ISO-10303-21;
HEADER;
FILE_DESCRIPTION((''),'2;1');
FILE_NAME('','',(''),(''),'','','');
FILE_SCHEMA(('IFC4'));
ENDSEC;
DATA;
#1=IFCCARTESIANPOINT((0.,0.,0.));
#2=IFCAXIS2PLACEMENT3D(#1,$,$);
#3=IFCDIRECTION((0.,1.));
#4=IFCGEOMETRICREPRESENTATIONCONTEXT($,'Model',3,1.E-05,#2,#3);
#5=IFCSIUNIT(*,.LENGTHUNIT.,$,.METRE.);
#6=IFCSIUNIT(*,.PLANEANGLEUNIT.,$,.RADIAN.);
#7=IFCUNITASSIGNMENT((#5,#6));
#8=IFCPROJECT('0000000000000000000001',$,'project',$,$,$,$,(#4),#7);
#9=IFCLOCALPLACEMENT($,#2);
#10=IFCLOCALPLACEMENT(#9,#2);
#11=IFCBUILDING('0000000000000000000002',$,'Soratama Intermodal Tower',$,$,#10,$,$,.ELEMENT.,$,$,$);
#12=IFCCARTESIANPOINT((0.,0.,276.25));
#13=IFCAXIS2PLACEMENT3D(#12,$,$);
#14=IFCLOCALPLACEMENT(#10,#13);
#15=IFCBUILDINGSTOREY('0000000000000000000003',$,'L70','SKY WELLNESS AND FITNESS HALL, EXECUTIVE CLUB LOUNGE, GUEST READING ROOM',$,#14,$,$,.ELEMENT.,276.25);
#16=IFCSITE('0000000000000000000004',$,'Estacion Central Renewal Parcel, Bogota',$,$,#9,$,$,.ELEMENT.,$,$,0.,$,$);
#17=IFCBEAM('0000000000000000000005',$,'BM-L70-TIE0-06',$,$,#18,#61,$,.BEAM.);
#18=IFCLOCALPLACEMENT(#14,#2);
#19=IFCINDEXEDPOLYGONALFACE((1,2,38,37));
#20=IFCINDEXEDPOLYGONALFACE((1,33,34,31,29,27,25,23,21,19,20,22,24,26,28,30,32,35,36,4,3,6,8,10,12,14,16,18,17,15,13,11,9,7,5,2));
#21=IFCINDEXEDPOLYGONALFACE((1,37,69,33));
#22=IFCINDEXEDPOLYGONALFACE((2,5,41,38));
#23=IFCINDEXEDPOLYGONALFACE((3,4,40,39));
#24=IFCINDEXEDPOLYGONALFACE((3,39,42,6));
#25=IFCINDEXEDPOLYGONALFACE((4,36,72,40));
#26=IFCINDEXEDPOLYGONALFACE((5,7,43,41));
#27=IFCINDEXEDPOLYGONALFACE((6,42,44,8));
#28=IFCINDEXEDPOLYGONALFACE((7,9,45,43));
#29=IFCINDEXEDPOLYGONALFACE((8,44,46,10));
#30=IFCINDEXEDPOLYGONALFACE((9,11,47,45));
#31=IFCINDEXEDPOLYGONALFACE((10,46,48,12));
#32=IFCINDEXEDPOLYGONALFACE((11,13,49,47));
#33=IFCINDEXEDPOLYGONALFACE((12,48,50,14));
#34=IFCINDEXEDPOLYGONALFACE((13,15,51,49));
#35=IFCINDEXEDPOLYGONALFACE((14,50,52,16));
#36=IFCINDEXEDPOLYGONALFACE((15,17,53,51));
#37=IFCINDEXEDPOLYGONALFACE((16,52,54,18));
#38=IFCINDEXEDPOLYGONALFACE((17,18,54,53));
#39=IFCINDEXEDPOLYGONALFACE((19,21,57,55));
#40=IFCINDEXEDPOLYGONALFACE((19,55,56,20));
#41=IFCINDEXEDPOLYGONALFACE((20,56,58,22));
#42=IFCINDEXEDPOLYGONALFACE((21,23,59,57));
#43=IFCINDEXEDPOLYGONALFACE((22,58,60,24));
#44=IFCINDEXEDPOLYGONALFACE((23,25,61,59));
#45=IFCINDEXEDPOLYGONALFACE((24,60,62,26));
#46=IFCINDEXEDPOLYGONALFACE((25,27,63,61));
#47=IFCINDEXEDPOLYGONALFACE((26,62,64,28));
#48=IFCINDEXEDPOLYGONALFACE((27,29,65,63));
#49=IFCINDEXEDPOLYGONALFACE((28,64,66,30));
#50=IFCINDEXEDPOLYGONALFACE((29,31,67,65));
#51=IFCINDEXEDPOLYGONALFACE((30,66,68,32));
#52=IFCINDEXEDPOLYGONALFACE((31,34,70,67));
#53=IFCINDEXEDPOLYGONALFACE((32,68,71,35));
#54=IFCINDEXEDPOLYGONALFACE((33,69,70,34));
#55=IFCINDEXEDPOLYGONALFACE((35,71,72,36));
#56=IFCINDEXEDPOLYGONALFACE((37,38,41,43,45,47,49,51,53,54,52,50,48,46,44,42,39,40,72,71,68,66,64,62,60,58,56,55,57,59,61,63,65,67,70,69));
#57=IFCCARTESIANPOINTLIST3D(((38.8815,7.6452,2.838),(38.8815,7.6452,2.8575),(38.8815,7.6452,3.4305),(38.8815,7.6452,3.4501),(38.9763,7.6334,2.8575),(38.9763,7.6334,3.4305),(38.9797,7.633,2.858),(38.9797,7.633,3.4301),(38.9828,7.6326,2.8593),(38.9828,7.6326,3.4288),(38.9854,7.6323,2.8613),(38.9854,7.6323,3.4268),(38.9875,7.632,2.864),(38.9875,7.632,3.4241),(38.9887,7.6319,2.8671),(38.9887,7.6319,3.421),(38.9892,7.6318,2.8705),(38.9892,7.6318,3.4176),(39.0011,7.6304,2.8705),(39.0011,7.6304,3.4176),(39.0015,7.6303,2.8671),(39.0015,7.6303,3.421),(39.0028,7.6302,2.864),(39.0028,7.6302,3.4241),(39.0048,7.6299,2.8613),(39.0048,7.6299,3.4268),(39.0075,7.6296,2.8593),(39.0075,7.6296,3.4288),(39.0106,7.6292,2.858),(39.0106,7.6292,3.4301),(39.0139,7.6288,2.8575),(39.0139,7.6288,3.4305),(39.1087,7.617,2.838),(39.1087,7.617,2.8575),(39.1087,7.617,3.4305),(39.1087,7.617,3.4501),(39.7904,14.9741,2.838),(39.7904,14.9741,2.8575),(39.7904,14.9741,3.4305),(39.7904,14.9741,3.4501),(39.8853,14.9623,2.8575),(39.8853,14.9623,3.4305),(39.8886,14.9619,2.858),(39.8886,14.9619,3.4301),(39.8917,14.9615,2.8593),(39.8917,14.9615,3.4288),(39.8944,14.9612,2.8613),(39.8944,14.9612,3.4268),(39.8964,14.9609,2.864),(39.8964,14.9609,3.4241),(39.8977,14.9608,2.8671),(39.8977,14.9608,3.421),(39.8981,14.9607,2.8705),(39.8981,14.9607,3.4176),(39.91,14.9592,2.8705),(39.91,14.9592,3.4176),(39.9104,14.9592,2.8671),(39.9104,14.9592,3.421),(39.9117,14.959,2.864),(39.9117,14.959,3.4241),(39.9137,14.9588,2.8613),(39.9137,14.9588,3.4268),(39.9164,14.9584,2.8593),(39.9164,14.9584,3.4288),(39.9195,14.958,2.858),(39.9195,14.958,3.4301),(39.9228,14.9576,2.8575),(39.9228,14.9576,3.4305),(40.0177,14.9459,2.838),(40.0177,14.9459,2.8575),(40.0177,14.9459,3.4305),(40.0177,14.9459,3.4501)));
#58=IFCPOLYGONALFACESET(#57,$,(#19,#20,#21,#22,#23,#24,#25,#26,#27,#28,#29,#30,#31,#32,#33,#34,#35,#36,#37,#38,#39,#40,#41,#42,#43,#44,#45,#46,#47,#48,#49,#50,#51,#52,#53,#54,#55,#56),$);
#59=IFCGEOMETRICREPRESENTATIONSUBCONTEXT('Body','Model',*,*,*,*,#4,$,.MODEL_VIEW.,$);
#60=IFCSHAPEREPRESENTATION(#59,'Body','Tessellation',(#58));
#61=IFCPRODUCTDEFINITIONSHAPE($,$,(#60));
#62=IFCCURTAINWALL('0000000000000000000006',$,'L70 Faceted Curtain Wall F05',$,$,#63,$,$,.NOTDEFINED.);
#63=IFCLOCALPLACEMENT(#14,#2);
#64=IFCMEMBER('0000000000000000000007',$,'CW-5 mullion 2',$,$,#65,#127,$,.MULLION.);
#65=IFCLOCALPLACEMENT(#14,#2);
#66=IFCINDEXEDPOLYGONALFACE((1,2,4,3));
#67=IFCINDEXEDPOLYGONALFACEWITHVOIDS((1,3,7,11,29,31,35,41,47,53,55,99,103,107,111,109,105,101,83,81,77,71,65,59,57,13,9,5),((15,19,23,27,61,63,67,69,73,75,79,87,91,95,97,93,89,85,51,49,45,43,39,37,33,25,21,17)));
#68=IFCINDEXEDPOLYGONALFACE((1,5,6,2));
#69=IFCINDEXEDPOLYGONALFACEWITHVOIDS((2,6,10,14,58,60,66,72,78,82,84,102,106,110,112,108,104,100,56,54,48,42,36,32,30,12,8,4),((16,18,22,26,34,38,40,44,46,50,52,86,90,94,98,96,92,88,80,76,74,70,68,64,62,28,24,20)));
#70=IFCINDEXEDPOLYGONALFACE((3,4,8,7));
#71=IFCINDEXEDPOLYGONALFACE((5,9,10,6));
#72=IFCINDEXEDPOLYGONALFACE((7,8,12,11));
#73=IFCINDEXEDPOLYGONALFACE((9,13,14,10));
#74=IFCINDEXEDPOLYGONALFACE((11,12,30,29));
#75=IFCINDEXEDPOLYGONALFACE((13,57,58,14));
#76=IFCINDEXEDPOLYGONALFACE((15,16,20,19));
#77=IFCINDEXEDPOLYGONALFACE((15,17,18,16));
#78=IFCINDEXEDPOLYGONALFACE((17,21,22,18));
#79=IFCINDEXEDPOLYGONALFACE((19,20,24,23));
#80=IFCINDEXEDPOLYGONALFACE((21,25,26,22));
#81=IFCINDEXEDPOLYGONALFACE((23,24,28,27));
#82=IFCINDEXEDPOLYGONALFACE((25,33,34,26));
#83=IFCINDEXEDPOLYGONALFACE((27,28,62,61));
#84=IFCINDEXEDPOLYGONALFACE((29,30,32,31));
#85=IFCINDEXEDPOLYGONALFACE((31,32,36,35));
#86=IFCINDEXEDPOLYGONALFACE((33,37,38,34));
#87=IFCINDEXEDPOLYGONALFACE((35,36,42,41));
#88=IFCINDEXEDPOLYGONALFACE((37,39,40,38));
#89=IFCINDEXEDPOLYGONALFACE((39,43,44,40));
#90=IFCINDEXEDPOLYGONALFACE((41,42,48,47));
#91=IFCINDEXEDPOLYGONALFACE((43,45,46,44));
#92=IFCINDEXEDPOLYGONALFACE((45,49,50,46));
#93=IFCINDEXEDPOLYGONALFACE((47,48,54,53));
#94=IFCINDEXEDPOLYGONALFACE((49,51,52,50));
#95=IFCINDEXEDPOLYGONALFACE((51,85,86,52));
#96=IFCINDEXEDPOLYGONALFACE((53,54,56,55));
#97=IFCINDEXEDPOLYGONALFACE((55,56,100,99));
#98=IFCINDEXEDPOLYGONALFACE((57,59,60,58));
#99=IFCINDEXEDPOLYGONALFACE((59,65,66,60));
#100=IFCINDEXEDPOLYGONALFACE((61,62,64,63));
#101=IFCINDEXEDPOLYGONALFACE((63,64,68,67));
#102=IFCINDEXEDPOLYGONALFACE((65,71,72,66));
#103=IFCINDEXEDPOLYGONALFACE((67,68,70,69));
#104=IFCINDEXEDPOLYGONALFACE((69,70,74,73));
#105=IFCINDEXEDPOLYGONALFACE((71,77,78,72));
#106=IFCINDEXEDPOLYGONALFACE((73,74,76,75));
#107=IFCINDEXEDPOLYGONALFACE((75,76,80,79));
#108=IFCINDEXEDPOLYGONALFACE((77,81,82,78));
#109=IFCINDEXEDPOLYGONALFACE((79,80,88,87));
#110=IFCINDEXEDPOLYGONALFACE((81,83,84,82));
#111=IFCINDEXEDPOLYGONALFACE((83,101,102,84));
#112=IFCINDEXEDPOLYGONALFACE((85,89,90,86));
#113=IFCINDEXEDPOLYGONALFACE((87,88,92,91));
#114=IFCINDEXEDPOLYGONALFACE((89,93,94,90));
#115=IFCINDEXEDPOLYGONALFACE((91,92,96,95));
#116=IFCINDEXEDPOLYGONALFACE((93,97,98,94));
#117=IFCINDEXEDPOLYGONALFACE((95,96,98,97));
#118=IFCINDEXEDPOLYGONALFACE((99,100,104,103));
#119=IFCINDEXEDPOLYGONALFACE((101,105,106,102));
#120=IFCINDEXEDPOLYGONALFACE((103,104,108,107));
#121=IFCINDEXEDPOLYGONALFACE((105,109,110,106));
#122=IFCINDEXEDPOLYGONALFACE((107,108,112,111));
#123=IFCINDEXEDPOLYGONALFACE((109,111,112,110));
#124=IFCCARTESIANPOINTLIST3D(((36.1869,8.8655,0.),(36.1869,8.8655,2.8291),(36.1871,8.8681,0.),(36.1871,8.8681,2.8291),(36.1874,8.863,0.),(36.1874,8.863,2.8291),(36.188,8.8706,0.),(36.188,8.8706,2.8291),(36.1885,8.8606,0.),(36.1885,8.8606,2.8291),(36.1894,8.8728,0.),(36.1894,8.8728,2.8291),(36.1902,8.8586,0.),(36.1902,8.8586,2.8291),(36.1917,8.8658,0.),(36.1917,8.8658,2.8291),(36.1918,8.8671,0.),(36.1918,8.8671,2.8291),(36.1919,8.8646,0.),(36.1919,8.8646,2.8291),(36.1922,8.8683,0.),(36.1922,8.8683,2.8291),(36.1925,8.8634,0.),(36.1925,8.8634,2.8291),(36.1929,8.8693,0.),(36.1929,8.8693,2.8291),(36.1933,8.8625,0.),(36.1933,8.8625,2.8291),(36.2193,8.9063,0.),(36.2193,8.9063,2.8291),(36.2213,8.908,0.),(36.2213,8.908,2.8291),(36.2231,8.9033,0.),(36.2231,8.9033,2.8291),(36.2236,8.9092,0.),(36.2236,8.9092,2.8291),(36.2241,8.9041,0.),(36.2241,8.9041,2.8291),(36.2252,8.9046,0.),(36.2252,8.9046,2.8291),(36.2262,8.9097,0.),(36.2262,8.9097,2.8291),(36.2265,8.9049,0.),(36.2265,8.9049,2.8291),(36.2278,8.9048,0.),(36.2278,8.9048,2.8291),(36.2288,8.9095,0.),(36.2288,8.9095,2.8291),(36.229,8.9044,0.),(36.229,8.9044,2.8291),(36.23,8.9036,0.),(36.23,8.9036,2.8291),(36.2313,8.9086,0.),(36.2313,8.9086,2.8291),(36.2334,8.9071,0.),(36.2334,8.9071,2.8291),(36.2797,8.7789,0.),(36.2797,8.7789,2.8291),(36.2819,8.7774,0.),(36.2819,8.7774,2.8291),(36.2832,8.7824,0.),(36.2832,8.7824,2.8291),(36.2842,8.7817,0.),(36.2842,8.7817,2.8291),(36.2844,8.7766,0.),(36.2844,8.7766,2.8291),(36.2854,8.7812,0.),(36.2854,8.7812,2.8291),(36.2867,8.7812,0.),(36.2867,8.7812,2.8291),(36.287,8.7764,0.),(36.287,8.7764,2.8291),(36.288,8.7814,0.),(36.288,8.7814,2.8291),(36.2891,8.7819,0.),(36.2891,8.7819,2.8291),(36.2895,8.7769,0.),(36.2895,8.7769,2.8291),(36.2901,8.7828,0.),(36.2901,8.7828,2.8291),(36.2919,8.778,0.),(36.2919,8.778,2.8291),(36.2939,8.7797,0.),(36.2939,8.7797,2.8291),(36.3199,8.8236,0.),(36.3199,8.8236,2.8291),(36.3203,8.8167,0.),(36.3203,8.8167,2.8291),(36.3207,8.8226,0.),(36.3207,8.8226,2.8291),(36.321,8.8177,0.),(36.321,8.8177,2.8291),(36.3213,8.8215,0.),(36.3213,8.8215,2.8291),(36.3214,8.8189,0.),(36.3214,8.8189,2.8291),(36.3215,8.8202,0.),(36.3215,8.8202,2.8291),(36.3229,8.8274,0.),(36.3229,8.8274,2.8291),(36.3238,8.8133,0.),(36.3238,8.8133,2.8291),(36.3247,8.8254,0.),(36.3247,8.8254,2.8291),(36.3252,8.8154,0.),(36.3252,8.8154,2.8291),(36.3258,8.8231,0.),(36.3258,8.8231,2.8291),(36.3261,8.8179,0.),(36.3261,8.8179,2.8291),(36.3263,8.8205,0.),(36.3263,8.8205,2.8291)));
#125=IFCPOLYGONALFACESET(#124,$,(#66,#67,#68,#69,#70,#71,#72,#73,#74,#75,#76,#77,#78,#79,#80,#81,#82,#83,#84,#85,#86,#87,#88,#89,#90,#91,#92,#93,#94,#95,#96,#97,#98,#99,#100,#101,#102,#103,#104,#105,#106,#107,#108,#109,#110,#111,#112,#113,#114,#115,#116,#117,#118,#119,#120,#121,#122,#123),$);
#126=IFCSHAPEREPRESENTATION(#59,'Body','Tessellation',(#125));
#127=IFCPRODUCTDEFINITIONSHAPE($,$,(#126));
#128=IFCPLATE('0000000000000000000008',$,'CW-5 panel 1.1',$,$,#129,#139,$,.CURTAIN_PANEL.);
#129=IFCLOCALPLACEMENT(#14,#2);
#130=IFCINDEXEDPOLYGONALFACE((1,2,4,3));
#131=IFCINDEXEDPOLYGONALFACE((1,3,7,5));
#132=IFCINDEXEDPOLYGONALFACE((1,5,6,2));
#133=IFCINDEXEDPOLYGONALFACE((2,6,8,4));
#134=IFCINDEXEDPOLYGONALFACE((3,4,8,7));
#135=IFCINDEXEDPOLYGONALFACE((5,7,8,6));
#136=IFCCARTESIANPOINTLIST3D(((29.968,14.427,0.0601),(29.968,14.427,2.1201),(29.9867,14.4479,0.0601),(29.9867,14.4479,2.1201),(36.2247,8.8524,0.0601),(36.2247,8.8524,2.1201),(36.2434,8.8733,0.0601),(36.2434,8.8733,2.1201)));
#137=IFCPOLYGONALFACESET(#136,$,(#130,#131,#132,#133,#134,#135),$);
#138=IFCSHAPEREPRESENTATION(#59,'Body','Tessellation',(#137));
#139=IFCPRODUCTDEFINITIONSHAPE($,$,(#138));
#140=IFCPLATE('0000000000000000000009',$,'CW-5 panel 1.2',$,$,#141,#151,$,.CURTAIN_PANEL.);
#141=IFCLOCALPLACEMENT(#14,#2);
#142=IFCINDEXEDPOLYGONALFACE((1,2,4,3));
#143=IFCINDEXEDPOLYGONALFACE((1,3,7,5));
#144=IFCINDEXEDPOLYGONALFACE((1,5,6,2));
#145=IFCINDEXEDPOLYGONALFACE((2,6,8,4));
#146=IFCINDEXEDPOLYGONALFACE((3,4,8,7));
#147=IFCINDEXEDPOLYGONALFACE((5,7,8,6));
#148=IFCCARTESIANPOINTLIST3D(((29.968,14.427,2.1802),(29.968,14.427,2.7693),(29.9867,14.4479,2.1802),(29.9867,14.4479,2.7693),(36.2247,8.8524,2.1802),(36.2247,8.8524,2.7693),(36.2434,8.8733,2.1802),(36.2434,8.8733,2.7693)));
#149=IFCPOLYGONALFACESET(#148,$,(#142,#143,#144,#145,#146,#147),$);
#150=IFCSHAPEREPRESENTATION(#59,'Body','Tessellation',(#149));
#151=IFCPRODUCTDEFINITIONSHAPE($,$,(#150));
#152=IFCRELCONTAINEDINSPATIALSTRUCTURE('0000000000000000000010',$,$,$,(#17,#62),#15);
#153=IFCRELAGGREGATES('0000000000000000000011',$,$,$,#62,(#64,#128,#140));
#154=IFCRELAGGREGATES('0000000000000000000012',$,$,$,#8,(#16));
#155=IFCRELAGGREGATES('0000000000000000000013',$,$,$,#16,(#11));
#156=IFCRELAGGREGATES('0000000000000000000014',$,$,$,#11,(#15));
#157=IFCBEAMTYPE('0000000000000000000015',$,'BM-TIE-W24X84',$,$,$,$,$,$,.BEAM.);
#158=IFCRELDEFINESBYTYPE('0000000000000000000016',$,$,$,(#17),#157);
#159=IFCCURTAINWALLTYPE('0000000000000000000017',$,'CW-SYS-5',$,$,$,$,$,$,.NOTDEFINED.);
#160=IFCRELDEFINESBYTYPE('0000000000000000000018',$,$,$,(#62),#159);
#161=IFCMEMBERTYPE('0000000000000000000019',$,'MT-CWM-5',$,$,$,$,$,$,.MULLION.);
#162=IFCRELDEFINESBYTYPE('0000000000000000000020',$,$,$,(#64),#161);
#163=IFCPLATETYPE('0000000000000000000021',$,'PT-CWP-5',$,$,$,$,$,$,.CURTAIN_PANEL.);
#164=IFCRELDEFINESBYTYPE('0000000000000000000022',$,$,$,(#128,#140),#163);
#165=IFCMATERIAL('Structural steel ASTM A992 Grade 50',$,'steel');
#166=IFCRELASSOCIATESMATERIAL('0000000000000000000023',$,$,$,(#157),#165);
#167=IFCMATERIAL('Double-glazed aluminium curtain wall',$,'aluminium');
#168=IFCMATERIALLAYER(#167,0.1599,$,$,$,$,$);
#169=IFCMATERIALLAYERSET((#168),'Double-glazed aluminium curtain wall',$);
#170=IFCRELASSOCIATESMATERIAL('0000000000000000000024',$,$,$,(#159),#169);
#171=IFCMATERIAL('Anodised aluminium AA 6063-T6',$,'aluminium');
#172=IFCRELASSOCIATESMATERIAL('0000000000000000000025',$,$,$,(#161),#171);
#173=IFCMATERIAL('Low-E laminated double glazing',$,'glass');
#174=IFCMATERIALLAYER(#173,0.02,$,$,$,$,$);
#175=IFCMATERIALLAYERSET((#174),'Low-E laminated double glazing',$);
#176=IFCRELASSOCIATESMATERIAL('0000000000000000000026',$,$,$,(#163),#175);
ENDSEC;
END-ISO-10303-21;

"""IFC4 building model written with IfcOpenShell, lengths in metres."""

from ifc_helpers import new_model, si_unit, direction, frame, origin, origin_2d, place, context, subcontext, project, spatial, rectangle, hollow_rectangle, i_section, extrude, material, layer, layer_set, material_profile, profile_set, type_object, element, aggregate, save


model = new_model("IFC4")

# Units and contexts
model_context = context("Model", 3, precision=1e-05, world=origin(), true_north=direction((0.0, 1.0)))
body_context = subcontext(model_context, "Body", "Model", "MODEL_VIEW")
ifc_project = project(units=[si_unit("LENGTHUNIT", "METRE"), si_unit("PLANEANGLEUNIT", "RADIAN")], contexts=[model_context])

# Site, building, storey
site_placement = place(None, origin())
site = spatial("IfcSite", under=ifc_project, at=site_placement, Name="Estacion Central Renewal Parcel, Bogota", CompositionType="ELEMENT", RefElevation=0.0)
building_placement = place(site_placement, origin())
building = spatial("IfcBuilding", under=site, at=building_placement, Name="Soratama Intermodal Tower", CompositionType="ELEMENT")
storey_placement = place(building_placement, frame((0.0, 0.0, 276.25)))
storey = spatial("IfcBuildingStorey", under=building, at=storey_placement, Name="L70", Description="SKY WELLNESS AND FITNESS HALL, EXECUTIVE CLUB LOUNGE, GUEST READING ROOM", CompositionType="ELEMENT", Elevation=276.25)

# Beam
ifc_material_1 = material(Name="Structural steel ASTM A992 Grade 50", Category="steel")
ifc_material_profile_1 = material_profile(ifc_material_1, i_section(OverallWidth=0.229, OverallDepth=0.6121, WebThickness=0.012, FlangeThickness=0.0195, FilletRadius=0.0129, at=origin_2d()), Name="W24X84")
ifc_profile_set_1 = profile_set([ifc_material_profile_1], Name="Structural steel ASTM A992 Grade 50")
beam_type_1 = type_object("IfcBeamType", Name="BM-TIE-W24X84", PredefinedType="BEAM", material=ifc_profile_set_1)
beam_1_placement = place(storey_placement, frame((39.9041, 14.96, 3.144), z_axis=(-0.123079, -0.992397, 0.0), x_axis=(0.992397, -0.123079, 0.0)))
element("IfcBeam", 1, at=beam_1_placement, inside=storey, type_object=beam_type_1, Name="BM-L70-TIE0-06", PredefinedType="BEAM", context=body_context, shape_type="SweptSolid", body=[
    extrude(i_section(OverallWidth=0.229, OverallDepth=0.6121, WebThickness=0.012, FlangeThickness=0.0195, FilletRadius=0.0129, at=origin_2d()), origin(), (0.0, 0.0, 1.0), 7.385),
])

# Curtain wall, member, plates
ifc_material_2 = material(Name="Double-glazed aluminium curtain wall", Category="aluminium")
ifc_layer_1 = layer(ifc_material_2, 0.1599)
ifc_layer_set_1 = layer_set([ifc_layer_1], Name="Double-glazed aluminium curtain wall")
curtain_wall_type = type_object("IfcCurtainWallType", Name="CW-SYS-5", PredefinedType="NOTDEFINED", material=ifc_layer_set_1)
curtain_wall_placement = place(storey_placement, origin())
curtain_wall = element("IfcCurtainWall", 2, at=curtain_wall_placement, inside=storey, type_object=curtain_wall_type, Name="L70 Faceted Curtain Wall F05", PredefinedType="NOTDEFINED")
ifc_material_3 = material(Name="Anodised aluminium AA 6063-T6", Category="aluminium")
ifc_material_profile_2 = material_profile(ifc_material_3, hollow_rectangle(XDim=0.0649, YDim=0.1399, WallThickness=0.0049, InnerFilletRadius=0.0049, OuterFilletRadius=0.01, at=origin_2d()), Name="CWM140X65X5")
ifc_profile_set_2 = profile_set([ifc_material_profile_2], Name="Anodised aluminium AA 6063-T6")
member_type = type_object("IfcMemberType", Name="MT-CWM-5", PredefinedType="MULLION", material=ifc_profile_set_2)
member_placement = place(storey_placement, frame((36.2566, 8.843, 0.0), z_axis=(0.0, 0.0, 1.0), x_axis=(0.665234, 0.746635, 0.0)))
member = element("IfcMember", 3, at=member_placement, type_object=member_type, Name="CW-5 mullion 2", PredefinedType="MULLION", context=body_context, shape_type="SweptSolid", body=[
    extrude(hollow_rectangle(XDim=0.0649, YDim=0.1399, WallThickness=0.0049, InnerFilletRadius=0.0049, OuterFilletRadius=0.01, at=origin_2d()), origin(), (0.0, 0.0, 1.0), 2.8291),
])
ifc_material_4 = material(Name="Low-E laminated double glazing", Category="glass")
ifc_layer_2 = layer(ifc_material_4, 0.02)
ifc_layer_set_2 = layer_set([ifc_layer_2], Name="Low-E laminated double glazing")
plate_type = type_object("IfcPlateType", Name="PT-CWP-5", PredefinedType="CURTAIN_PANEL", material=ifc_layer_set_2)
plate_1_placement = place(storey_placement, frame((33.1057, 11.6501, 0.0601), z_axis=(0.0, 0.0, 1.0), x_axis=(0.746635, -0.665234, 0.0)))
plate_1 = element("IfcPlate", 4, at=plate_1_placement, type_object=plate_type, Name="CW-5 panel 1.1", PredefinedType="CURTAIN_PANEL", context=body_context, shape_type="SweptSolid", body=[
    extrude(rectangle(XDim=8.3799, YDim=0.0281, at=origin_2d()), origin(), (0.0, 0.0, 1.0), 2.0601),
])
plate_2_placement = place(storey_placement, frame((33.1057, 11.6501, 2.1802), z_axis=(0.0, 0.0, 1.0), x_axis=(0.746635, -0.665234, 0.0)))
plate_2 = element("IfcPlate", 5, at=plate_2_placement, type_object=plate_type, Name="CW-5 panel 1.2", PredefinedType="CURTAIN_PANEL", context=body_context, shape_type="SweptSolid", body=[
    extrude(rectangle(XDim=8.3799, YDim=0.0281, at=origin_2d()), origin(), (0.0, 0.0, 1.0), 0.5891),
])
aggregate(curtain_wall, [member, plate_1, plate_2])

save(model, "model.ifc")
